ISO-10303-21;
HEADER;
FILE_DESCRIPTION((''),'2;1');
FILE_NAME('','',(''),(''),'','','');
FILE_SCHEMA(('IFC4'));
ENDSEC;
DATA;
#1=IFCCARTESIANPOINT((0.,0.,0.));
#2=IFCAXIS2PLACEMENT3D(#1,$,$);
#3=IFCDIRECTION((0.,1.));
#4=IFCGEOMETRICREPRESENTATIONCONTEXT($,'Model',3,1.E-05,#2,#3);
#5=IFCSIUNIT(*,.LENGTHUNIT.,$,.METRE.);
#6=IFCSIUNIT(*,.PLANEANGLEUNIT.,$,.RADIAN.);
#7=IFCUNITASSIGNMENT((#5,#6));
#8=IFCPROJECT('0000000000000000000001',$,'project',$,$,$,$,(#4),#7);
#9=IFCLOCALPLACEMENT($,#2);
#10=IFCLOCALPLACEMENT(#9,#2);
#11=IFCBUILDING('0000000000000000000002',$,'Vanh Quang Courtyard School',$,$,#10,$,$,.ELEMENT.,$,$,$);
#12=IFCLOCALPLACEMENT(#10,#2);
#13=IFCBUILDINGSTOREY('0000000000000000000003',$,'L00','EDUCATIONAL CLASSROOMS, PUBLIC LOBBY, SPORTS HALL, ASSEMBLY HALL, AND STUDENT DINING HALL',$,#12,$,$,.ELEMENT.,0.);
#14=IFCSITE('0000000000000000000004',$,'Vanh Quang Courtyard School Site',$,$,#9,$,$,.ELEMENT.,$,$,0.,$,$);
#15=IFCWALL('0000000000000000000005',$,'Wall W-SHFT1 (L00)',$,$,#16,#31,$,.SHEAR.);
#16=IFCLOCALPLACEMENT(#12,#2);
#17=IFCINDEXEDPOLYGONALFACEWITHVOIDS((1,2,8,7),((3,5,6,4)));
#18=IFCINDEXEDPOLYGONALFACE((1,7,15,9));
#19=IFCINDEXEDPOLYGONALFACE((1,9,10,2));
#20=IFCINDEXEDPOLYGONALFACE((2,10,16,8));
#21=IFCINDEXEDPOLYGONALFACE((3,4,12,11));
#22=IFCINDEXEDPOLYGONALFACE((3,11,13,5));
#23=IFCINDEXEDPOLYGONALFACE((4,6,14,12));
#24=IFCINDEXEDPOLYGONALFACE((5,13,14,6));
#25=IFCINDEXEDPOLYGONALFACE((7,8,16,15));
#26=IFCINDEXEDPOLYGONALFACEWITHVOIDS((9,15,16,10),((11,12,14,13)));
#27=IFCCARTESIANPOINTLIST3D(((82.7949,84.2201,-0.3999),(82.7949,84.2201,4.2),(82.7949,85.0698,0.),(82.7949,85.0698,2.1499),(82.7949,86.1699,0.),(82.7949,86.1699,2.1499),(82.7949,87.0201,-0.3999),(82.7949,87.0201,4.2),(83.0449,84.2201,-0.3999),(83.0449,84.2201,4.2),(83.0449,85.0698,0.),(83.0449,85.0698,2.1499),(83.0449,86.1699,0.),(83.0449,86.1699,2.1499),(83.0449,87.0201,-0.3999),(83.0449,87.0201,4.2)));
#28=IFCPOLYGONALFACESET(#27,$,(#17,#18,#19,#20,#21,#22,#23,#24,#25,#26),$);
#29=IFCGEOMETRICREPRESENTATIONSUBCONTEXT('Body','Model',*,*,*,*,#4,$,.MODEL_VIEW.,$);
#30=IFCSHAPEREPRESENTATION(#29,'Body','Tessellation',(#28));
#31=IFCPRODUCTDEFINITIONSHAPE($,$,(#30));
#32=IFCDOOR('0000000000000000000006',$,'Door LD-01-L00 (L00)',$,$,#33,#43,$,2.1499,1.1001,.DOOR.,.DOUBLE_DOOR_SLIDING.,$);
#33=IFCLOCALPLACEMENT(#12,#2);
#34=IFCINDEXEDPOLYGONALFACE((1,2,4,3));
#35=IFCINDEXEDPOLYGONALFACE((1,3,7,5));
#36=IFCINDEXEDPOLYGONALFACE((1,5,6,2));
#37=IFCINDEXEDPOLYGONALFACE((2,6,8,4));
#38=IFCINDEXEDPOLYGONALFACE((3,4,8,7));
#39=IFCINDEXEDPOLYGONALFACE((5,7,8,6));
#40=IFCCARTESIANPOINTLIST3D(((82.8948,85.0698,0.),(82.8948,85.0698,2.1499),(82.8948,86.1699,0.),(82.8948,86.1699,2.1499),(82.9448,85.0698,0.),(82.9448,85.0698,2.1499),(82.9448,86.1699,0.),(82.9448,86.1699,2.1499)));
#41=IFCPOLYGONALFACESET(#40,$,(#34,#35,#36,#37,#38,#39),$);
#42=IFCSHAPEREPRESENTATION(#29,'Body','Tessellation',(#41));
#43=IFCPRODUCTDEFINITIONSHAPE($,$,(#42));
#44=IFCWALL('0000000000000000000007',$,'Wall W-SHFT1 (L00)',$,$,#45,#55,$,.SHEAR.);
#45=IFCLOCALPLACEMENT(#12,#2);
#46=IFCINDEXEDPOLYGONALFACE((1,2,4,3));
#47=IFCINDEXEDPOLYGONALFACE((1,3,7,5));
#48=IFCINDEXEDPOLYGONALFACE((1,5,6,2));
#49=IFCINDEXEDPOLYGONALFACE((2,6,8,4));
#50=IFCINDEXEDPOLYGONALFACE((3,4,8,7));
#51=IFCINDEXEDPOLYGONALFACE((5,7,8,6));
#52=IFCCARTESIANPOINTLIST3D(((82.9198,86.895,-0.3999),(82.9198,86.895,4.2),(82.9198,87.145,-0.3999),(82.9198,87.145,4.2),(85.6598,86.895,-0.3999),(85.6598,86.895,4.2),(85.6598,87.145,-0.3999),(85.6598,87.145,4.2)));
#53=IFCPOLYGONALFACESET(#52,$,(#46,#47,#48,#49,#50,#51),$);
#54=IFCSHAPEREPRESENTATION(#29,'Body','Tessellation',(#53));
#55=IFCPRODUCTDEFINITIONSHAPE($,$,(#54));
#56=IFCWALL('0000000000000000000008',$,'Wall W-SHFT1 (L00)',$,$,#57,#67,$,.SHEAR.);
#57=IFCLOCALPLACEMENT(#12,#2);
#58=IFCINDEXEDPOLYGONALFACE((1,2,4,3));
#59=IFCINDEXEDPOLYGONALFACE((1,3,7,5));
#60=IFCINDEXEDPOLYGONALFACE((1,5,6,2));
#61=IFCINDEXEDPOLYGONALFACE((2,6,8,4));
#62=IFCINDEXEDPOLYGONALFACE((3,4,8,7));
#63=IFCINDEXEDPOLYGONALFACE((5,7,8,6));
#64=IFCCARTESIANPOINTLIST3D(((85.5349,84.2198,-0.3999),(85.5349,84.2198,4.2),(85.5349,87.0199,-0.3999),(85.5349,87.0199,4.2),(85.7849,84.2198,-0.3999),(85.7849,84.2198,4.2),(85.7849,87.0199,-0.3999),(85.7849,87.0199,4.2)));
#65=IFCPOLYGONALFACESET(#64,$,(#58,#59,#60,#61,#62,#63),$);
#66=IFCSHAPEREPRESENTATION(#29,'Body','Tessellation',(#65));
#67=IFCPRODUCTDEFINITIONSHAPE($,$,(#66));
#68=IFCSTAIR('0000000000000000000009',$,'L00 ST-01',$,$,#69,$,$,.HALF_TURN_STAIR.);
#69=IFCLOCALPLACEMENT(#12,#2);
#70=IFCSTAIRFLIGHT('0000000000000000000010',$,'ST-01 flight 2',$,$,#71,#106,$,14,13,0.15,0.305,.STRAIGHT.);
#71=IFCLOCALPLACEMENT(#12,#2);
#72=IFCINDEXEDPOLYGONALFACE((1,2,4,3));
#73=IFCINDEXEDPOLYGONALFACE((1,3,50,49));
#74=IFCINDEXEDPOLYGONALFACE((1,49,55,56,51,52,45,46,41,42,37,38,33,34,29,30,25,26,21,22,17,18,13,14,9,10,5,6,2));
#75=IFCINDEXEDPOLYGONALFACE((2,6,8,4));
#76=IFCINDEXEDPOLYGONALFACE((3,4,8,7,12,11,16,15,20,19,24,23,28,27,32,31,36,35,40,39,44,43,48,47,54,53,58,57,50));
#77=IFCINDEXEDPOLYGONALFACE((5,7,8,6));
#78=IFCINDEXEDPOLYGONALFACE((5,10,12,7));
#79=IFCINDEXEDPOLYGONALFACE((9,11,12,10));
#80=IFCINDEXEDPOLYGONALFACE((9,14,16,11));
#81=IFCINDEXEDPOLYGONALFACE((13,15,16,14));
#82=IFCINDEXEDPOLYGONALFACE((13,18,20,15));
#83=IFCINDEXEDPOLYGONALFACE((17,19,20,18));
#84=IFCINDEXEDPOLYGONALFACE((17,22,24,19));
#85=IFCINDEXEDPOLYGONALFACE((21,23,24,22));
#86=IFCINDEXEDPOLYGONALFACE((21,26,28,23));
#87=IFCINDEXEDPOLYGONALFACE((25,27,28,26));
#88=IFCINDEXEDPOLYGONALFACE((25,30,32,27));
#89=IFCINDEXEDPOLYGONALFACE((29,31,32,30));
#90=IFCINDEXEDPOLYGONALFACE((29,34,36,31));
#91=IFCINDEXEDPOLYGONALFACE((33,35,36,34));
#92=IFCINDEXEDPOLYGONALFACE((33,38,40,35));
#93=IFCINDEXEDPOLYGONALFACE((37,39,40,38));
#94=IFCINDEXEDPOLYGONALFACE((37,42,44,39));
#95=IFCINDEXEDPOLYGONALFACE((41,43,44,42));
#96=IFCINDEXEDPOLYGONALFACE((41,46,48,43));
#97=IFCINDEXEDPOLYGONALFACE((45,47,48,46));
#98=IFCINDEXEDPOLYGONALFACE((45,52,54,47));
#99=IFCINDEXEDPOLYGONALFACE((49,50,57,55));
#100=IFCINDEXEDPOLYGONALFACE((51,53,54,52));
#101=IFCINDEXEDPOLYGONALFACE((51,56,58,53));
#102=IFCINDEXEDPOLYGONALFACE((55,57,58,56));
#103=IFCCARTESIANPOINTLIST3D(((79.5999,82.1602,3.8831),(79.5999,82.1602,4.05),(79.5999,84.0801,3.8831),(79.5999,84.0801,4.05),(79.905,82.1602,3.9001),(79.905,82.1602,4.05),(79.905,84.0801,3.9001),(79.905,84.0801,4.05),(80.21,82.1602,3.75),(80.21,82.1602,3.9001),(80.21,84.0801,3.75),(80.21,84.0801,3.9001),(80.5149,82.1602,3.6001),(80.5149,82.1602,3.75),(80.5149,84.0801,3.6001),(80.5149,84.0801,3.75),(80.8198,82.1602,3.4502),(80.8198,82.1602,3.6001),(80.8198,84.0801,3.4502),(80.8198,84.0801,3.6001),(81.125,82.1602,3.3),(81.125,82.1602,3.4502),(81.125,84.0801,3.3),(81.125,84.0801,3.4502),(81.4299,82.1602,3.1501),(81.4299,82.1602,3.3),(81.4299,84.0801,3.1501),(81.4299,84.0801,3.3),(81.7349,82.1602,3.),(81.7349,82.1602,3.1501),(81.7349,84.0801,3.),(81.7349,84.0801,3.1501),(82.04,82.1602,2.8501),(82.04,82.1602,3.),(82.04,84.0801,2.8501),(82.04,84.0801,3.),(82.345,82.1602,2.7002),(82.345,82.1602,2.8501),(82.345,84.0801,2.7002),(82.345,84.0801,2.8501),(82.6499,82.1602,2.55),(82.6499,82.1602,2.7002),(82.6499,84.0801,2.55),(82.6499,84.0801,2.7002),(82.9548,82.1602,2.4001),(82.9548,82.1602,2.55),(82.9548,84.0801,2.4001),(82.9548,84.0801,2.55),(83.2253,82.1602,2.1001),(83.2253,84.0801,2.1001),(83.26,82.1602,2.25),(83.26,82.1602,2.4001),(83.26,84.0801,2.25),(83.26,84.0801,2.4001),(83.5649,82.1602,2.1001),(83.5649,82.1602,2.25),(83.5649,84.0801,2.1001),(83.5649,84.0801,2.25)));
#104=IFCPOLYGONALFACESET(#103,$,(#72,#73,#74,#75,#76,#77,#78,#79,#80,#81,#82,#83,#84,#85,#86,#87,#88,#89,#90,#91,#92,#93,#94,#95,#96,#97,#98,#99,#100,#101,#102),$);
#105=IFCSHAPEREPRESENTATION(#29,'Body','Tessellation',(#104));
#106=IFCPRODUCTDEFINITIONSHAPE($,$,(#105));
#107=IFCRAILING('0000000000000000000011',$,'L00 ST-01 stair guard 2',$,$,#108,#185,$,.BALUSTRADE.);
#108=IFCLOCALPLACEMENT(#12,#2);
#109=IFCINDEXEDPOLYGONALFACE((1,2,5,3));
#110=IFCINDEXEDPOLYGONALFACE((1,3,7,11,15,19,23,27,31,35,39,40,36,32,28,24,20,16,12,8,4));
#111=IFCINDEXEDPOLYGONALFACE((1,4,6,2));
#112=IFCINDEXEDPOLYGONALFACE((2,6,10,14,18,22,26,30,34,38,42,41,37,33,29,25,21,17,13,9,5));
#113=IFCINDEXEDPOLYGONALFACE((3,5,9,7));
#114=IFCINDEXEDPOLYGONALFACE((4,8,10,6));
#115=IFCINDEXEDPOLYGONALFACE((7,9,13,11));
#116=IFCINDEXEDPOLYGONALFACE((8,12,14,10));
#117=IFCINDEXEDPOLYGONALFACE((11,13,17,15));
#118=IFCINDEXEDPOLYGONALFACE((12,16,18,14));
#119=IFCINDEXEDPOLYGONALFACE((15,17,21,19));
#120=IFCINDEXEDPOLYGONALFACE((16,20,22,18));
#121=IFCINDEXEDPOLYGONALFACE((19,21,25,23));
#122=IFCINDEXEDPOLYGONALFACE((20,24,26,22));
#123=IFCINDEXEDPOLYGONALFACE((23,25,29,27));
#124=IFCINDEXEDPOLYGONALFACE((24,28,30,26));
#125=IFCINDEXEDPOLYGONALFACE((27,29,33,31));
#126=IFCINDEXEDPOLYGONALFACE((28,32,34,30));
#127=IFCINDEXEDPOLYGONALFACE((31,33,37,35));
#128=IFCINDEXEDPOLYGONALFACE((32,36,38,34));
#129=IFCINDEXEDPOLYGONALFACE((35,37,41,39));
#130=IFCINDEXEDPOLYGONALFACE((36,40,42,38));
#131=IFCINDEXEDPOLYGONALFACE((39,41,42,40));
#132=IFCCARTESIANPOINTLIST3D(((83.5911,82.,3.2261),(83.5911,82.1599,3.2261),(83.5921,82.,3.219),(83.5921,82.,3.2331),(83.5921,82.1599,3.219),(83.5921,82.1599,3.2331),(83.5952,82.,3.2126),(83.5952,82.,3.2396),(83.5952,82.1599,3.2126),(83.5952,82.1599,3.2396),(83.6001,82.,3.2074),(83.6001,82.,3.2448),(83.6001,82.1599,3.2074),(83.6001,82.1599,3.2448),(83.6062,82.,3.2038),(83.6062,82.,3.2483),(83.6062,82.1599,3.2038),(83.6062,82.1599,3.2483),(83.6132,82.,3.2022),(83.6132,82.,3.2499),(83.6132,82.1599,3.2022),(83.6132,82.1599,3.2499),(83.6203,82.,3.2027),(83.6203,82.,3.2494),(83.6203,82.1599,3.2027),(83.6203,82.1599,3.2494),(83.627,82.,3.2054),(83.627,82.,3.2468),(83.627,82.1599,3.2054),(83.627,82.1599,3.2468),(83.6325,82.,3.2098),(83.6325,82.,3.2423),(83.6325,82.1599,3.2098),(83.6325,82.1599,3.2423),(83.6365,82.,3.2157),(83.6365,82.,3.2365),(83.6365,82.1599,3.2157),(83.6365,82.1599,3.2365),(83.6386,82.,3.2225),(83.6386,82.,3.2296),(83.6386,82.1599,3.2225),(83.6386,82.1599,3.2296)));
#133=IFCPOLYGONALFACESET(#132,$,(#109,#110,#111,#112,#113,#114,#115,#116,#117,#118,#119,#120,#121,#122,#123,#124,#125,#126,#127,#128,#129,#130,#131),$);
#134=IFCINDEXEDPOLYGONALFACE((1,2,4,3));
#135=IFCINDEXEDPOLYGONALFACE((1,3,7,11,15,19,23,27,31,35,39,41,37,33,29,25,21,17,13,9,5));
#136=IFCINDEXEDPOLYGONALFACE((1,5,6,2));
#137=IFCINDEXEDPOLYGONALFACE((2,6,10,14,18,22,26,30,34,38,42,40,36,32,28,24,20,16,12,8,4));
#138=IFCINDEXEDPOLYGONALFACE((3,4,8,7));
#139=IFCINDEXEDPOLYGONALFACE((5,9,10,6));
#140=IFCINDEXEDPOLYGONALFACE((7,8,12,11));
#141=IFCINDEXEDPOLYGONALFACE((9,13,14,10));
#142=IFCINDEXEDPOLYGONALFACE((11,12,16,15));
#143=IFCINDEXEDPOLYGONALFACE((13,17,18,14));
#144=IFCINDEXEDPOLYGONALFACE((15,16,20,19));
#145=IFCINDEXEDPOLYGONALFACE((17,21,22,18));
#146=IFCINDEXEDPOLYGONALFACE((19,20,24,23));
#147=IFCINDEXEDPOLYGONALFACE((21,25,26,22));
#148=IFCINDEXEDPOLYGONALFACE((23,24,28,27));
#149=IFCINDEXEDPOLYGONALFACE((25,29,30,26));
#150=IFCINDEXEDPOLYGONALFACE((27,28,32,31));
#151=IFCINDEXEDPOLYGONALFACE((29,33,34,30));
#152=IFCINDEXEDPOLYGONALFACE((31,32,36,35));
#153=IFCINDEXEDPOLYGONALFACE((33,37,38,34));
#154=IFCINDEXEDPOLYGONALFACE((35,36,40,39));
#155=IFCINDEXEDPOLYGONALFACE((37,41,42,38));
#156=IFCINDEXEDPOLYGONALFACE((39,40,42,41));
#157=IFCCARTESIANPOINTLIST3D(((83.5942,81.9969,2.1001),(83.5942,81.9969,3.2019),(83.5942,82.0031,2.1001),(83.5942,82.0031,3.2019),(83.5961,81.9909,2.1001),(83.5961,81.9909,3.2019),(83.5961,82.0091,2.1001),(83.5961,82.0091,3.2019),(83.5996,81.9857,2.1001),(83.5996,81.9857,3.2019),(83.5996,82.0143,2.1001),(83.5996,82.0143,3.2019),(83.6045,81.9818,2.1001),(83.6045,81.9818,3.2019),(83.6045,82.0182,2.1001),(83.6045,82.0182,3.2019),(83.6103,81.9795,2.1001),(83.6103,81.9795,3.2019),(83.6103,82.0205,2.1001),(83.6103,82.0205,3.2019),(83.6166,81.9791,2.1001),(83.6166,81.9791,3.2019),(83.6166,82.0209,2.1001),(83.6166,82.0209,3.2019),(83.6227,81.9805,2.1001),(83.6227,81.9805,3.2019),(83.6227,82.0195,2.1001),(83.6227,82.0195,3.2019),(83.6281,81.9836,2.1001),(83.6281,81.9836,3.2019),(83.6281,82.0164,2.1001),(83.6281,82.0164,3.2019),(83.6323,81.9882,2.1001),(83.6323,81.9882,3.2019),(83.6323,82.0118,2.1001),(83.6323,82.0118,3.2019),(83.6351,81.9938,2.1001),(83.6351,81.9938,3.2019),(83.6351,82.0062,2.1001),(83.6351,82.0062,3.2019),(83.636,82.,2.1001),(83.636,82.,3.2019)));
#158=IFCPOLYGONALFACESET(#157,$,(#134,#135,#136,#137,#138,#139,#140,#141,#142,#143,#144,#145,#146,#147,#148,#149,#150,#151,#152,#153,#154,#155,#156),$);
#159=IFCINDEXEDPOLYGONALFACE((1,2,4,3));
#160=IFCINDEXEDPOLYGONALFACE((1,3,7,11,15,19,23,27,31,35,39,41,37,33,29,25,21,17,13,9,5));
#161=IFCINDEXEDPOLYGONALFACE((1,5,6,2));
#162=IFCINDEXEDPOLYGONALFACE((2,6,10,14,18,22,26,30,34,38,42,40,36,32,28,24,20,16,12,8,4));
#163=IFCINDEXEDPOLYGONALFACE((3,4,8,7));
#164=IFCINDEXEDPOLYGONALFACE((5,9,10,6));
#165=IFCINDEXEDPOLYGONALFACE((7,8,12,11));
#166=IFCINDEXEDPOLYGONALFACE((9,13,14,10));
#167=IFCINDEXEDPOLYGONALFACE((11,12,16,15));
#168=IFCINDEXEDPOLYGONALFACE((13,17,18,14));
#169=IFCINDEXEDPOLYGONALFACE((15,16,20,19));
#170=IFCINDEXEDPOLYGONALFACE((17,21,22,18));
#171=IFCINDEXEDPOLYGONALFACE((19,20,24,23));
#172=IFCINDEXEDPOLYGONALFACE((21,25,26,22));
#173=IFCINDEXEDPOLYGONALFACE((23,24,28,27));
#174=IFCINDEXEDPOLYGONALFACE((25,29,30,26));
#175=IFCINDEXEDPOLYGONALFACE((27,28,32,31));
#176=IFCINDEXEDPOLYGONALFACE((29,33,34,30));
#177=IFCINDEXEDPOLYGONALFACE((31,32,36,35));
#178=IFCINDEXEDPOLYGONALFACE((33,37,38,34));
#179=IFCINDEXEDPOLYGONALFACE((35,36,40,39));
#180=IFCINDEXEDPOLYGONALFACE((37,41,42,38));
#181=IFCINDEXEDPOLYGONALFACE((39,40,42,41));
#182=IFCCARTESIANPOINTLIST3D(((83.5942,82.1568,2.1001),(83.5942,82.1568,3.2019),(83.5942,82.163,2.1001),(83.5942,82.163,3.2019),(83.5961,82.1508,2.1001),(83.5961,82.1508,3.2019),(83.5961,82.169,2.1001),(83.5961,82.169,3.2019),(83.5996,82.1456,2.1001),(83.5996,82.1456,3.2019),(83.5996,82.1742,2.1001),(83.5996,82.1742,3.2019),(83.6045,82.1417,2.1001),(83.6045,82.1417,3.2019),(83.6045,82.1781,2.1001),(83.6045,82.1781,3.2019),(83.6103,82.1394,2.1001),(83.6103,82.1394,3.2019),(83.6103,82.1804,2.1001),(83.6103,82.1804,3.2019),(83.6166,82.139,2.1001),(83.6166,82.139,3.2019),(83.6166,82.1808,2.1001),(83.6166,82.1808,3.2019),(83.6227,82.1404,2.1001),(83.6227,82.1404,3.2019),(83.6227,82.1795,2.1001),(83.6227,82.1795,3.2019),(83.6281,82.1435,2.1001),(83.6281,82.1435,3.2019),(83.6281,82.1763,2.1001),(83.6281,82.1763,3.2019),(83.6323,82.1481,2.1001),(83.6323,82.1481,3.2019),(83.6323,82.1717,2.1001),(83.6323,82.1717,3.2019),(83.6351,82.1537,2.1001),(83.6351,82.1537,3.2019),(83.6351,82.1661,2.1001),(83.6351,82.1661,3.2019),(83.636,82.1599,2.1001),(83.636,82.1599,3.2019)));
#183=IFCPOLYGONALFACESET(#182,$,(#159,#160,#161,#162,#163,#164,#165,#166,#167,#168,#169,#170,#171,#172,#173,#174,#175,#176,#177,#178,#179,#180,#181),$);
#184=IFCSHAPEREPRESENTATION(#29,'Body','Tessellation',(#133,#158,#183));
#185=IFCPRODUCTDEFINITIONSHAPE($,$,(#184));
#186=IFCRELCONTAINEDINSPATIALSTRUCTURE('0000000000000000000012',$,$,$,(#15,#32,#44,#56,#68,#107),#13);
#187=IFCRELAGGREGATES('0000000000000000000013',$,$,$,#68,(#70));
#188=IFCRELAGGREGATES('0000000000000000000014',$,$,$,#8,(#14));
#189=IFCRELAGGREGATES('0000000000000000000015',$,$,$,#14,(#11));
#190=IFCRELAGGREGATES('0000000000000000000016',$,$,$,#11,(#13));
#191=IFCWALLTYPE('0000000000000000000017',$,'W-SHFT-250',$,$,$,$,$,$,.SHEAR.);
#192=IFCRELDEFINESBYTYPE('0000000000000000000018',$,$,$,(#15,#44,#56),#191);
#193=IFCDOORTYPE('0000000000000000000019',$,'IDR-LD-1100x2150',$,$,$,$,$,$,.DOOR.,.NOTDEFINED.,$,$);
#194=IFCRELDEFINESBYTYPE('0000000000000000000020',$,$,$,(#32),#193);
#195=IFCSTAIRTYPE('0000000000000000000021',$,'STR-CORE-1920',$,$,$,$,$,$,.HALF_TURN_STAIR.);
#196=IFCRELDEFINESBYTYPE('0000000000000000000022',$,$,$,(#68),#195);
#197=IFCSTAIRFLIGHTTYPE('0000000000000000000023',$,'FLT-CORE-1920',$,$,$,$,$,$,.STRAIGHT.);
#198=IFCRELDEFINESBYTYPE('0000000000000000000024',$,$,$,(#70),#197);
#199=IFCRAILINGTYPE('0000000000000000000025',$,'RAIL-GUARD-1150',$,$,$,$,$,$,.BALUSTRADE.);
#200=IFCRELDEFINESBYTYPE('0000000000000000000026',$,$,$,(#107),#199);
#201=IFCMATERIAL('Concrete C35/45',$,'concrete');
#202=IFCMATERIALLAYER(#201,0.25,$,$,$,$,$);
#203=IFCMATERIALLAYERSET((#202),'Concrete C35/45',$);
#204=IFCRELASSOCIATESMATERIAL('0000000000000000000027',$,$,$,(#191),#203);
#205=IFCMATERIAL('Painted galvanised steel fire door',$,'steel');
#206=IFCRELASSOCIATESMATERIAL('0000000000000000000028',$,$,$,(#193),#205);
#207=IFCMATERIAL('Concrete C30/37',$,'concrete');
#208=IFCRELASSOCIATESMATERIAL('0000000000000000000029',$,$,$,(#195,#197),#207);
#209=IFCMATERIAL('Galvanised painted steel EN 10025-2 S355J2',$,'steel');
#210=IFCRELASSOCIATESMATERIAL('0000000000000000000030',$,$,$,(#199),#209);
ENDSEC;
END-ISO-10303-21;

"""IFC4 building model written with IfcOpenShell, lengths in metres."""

from ifc_helpers import new_model, si_unit, direction, frame, frame_2d, origin, origin_2d, place, context, subcontext, project, spatial, polyline, rectangle, circle, outline, extrude, material, layer, layer_set, type_object, element, fill, aggregate, save


model = new_model("IFC4")

# Units and contexts
model_context = context("Model", 3, precision=1e-05, world=origin(), true_north=direction((0.0, 1.0)))
body_context = subcontext(model_context, "Body", "Model", "MODEL_VIEW")
ifc_project = project(units=[si_unit("LENGTHUNIT", "METRE"), si_unit("PLANEANGLEUNIT", "RADIAN")], contexts=[model_context])

# Site, building, storey
site_placement = place(None, origin())
site = spatial("IfcSite", under=ifc_project, at=site_placement, Name="Vanh Quang Courtyard School Site", CompositionType="ELEMENT", RefElevation=0.0)
building_placement = place(site_placement, origin())
building = spatial("IfcBuilding", under=site, at=building_placement, Name="Vanh Quang Courtyard School", CompositionType="ELEMENT")
storey_placement = place(building_placement, origin())
storey = spatial("IfcBuildingStorey", under=building, at=storey_placement, Name="L00", Description="EDUCATIONAL CLASSROOMS, PUBLIC LOBBY, SPORTS HALL, ASSEMBLY HALL, AND STUDENT DINING HALL", CompositionType="ELEMENT", Elevation=0.0)

# Shared definitions
ifc_material_1 = material(Name="Concrete C35/45", Category="concrete")

# Shared definitions
ifc_material_2 = material(Name="Concrete C30/37", Category="concrete")

# Shared definitions
ifc_material_3 = material(Name="Painted galvanised steel fire door", Category="steel")

# Wall, opening, door
ifc_layer_1 = layer(ifc_material_1, 0.25)
ifc_layer_set_1 = layer_set([ifc_layer_1], Name="Concrete C35/45")
wall_type_1 = type_object("IfcWallType", Name="W-SHFT-250", PredefinedType="SHEAR", material=ifc_layer_set_1)
wall_1_placement = place(storey_placement, frame((82.9199, 87.02, -0.3999), z_axis=(0.0, 0.0, 1.0), x_axis=(0.0, -1.0, 0.0)))
wall_1 = element("IfcWall", 1, at=wall_1_placement, inside=storey, type_object=wall_type_1, Name="Wall W-SHFT1 (L00)", PredefinedType="SHEAR", context=body_context, shape_type="SweptSolid", body=[
    extrude(rectangle(XDim=2.8, YDim=0.25, at=frame_2d((1.3999, 0.0))), origin(), (0.0, 0.0, 1.0), 4.5999),
])
opening_1_placement = place(wall_1_placement, frame((0.8501, 0.0, 0.3999)))
opening_1 = element("IfcOpeningElement", 2, at=opening_1_placement, cuts=wall_1, PredefinedType="OPENING", context=body_context, shape_type="SweptSolid", body=[
    extrude(rectangle(XDim=1.1001, YDim=2.1499, at=frame_2d((0.55, 1.075))), frame((0.0, 0.135, 0.0), z_axis=(0.0, -1.0, 0.0), x_axis=(1.0, 0.0, 0.0)), (0.0, 0.0, 1.0), 0.27),
])
door_type_1 = type_object("IfcDoorType", Name="IDR-LD-1100x2150", OperationType="NOTDEFINED", PredefinedType="DOOR", material=ifc_material_3)
door_1_placement = place(opening_1_placement, origin())
door_1 = element("IfcDoor", 3, at=door_1_placement, inside=storey, type_object=door_type_1, Name="Door LD-01-L00 (L00)", OperationType="DOUBLE_DOOR_SLIDING", OverallHeight=2.1499, OverallWidth=1.1001, PredefinedType="DOOR", context=body_context, shape_type="SweptSolid", body=[
    extrude(rectangle(XDim=1.1001, YDim=2.1499, at=frame_2d((0.55, 1.075))), frame((0.0, 0.0249, 0.0), z_axis=(0.0, -1.0, 0.0), x_axis=(1.0, 0.0, 0.0)), (0.0, 0.0, 1.0), 0.05),
])
fill(opening_1, door_1)

# Walls
wall_2_placement = place(storey_placement, frame((85.6599, 87.02, -0.3999), z_axis=(0.0, 0.0, 1.0), x_axis=(-1.0, 0.0, 0.0)))
element("IfcWall", 4, at=wall_2_placement, inside=storey, type_object=wall_type_1, Name="Wall W-SHFT1 (L00)", PredefinedType="SHEAR", context=body_context, shape_type="SweptSolid", body=[
    extrude(rectangle(XDim=2.74, YDim=0.25, at=frame_2d((1.3701, 0.0))), origin(), (0.0, 0.0, 1.0), 4.5999),
])
wall_3_placement = place(storey_placement, frame((85.6599, 84.22, -0.3999), z_axis=(0.0, 0.0, 1.0), x_axis=(0.0, 1.0, 0.0)))
element("IfcWall", 5, at=wall_3_placement, inside=storey, type_object=wall_type_1, Name="Wall W-SHFT1 (L00)", PredefinedType="SHEAR", context=body_context, shape_type="SweptSolid", body=[
    extrude(rectangle(XDim=2.8, YDim=0.25, at=frame_2d((1.3999, 0.0))), origin(), (0.0, 0.0, 1.0), 4.5999),
])

# Stair, stair flight
stair_type = type_object("IfcStairType", Name="STR-CORE-1920", PredefinedType="HALF_TURN_STAIR", material=ifc_material_2)
stair_placement = place(storey_placement, origin())
stair = element("IfcStair", 6, at=stair_placement, inside=storey, type_object=stair_type, Name="L00 ST-01", PredefinedType="HALF_TURN_STAIR")
stair_flight_type = type_object("IfcStairFlightType", Name="FLT-CORE-1920", PredefinedType="STRAIGHT", material=ifc_material_2)
stair_flight_placement = place(storey_placement, frame((83.5649, 83.1201, 2.1001), z_axis=(0.0, 0.0, 1.0), x_axis=(-1.0, 0.0, 0.0)))
stair_flight = element("IfcStairFlight", 7, at=stair_flight_placement, type_object=stair_flight_type, Name="ST-01 flight 2", NumberOfRisers=14, NumberOfTreads=13, PredefinedType="STRAIGHT", RiserHeight=0.15, TreadLength=0.305, context=body_context, shape_type="SweptSolid", body=[
    extrude(outline(polyline([(0.0, 0.0), (0.0, 0.1499), (0.3049, 0.1499), (0.3049, 0.3), (0.6101, 0.3), (0.6101, 0.45), (0.915, 0.45), (0.915, 0.6001), (1.22, 0.6001), (1.22, 0.75), (1.5249, 0.75), (1.5249, 0.8999), (1.8301, 0.8999), (1.8301, 1.05), (2.135, 1.05), (2.135, 1.2), (2.4399, 1.2), (2.4399, 1.3501), (2.7451, 1.3501), (2.7451, 1.5), (3.05, 1.5), (3.05, 1.6499), (3.355, 1.6499), (3.355, 1.8), (3.6599, 1.8), (3.6599, 1.95), (3.9651, 1.95), (3.9651, 2.1001), (3.9651, 1.783), (0.3396, 0.0), (0.0, 0.0)])), frame((0.0, 0.96, 0.0), z_axis=(0.0, -1.0, 0.0), x_axis=(1.0, 0.0, 0.0)), (0.0, 0.0, 1.0), 1.9199),
])
aggregate(stair, [stair_flight])

# Railing
ifc_material_4 = material(Name="Galvanised painted steel EN 10025-2 S355J2", Category="steel")
railing_type_1 = type_object("IfcRailingType", Name="RAIL-GUARD-1150", PredefinedType="BALUSTRADE", material=ifc_material_4)
railing_1_placement = place(storey_placement, frame((83.615, 82.0, 2.1001)))
element("IfcRailing", 8, at=railing_1_placement, inside=storey, type_object=railing_type_1, Name="L00 ST-01 stair guard 2", PredefinedType="BALUSTRADE", context=body_context, shape_type="SweptSolid", body=[
    extrude(circle(Radius=0.0239, at=origin_2d()), frame((0.0, 0.0, 1.126), z_axis=(0.0, 1.0, 0.0), x_axis=(-1.0, 0.0, 0.0)), (0.0, 0.0, 1.0), 0.1599),
    extrude(circle(Radius=0.021, at=origin_2d()), origin(), (0.0, 0.0, 1.0), 1.1018),
    extrude(circle(Radius=0.021, at=origin_2d()), frame((0.0, 0.1599, 0.0)), (0.0, 0.0, 1.0), 1.1018),
])

save(model, "model.ifc")
